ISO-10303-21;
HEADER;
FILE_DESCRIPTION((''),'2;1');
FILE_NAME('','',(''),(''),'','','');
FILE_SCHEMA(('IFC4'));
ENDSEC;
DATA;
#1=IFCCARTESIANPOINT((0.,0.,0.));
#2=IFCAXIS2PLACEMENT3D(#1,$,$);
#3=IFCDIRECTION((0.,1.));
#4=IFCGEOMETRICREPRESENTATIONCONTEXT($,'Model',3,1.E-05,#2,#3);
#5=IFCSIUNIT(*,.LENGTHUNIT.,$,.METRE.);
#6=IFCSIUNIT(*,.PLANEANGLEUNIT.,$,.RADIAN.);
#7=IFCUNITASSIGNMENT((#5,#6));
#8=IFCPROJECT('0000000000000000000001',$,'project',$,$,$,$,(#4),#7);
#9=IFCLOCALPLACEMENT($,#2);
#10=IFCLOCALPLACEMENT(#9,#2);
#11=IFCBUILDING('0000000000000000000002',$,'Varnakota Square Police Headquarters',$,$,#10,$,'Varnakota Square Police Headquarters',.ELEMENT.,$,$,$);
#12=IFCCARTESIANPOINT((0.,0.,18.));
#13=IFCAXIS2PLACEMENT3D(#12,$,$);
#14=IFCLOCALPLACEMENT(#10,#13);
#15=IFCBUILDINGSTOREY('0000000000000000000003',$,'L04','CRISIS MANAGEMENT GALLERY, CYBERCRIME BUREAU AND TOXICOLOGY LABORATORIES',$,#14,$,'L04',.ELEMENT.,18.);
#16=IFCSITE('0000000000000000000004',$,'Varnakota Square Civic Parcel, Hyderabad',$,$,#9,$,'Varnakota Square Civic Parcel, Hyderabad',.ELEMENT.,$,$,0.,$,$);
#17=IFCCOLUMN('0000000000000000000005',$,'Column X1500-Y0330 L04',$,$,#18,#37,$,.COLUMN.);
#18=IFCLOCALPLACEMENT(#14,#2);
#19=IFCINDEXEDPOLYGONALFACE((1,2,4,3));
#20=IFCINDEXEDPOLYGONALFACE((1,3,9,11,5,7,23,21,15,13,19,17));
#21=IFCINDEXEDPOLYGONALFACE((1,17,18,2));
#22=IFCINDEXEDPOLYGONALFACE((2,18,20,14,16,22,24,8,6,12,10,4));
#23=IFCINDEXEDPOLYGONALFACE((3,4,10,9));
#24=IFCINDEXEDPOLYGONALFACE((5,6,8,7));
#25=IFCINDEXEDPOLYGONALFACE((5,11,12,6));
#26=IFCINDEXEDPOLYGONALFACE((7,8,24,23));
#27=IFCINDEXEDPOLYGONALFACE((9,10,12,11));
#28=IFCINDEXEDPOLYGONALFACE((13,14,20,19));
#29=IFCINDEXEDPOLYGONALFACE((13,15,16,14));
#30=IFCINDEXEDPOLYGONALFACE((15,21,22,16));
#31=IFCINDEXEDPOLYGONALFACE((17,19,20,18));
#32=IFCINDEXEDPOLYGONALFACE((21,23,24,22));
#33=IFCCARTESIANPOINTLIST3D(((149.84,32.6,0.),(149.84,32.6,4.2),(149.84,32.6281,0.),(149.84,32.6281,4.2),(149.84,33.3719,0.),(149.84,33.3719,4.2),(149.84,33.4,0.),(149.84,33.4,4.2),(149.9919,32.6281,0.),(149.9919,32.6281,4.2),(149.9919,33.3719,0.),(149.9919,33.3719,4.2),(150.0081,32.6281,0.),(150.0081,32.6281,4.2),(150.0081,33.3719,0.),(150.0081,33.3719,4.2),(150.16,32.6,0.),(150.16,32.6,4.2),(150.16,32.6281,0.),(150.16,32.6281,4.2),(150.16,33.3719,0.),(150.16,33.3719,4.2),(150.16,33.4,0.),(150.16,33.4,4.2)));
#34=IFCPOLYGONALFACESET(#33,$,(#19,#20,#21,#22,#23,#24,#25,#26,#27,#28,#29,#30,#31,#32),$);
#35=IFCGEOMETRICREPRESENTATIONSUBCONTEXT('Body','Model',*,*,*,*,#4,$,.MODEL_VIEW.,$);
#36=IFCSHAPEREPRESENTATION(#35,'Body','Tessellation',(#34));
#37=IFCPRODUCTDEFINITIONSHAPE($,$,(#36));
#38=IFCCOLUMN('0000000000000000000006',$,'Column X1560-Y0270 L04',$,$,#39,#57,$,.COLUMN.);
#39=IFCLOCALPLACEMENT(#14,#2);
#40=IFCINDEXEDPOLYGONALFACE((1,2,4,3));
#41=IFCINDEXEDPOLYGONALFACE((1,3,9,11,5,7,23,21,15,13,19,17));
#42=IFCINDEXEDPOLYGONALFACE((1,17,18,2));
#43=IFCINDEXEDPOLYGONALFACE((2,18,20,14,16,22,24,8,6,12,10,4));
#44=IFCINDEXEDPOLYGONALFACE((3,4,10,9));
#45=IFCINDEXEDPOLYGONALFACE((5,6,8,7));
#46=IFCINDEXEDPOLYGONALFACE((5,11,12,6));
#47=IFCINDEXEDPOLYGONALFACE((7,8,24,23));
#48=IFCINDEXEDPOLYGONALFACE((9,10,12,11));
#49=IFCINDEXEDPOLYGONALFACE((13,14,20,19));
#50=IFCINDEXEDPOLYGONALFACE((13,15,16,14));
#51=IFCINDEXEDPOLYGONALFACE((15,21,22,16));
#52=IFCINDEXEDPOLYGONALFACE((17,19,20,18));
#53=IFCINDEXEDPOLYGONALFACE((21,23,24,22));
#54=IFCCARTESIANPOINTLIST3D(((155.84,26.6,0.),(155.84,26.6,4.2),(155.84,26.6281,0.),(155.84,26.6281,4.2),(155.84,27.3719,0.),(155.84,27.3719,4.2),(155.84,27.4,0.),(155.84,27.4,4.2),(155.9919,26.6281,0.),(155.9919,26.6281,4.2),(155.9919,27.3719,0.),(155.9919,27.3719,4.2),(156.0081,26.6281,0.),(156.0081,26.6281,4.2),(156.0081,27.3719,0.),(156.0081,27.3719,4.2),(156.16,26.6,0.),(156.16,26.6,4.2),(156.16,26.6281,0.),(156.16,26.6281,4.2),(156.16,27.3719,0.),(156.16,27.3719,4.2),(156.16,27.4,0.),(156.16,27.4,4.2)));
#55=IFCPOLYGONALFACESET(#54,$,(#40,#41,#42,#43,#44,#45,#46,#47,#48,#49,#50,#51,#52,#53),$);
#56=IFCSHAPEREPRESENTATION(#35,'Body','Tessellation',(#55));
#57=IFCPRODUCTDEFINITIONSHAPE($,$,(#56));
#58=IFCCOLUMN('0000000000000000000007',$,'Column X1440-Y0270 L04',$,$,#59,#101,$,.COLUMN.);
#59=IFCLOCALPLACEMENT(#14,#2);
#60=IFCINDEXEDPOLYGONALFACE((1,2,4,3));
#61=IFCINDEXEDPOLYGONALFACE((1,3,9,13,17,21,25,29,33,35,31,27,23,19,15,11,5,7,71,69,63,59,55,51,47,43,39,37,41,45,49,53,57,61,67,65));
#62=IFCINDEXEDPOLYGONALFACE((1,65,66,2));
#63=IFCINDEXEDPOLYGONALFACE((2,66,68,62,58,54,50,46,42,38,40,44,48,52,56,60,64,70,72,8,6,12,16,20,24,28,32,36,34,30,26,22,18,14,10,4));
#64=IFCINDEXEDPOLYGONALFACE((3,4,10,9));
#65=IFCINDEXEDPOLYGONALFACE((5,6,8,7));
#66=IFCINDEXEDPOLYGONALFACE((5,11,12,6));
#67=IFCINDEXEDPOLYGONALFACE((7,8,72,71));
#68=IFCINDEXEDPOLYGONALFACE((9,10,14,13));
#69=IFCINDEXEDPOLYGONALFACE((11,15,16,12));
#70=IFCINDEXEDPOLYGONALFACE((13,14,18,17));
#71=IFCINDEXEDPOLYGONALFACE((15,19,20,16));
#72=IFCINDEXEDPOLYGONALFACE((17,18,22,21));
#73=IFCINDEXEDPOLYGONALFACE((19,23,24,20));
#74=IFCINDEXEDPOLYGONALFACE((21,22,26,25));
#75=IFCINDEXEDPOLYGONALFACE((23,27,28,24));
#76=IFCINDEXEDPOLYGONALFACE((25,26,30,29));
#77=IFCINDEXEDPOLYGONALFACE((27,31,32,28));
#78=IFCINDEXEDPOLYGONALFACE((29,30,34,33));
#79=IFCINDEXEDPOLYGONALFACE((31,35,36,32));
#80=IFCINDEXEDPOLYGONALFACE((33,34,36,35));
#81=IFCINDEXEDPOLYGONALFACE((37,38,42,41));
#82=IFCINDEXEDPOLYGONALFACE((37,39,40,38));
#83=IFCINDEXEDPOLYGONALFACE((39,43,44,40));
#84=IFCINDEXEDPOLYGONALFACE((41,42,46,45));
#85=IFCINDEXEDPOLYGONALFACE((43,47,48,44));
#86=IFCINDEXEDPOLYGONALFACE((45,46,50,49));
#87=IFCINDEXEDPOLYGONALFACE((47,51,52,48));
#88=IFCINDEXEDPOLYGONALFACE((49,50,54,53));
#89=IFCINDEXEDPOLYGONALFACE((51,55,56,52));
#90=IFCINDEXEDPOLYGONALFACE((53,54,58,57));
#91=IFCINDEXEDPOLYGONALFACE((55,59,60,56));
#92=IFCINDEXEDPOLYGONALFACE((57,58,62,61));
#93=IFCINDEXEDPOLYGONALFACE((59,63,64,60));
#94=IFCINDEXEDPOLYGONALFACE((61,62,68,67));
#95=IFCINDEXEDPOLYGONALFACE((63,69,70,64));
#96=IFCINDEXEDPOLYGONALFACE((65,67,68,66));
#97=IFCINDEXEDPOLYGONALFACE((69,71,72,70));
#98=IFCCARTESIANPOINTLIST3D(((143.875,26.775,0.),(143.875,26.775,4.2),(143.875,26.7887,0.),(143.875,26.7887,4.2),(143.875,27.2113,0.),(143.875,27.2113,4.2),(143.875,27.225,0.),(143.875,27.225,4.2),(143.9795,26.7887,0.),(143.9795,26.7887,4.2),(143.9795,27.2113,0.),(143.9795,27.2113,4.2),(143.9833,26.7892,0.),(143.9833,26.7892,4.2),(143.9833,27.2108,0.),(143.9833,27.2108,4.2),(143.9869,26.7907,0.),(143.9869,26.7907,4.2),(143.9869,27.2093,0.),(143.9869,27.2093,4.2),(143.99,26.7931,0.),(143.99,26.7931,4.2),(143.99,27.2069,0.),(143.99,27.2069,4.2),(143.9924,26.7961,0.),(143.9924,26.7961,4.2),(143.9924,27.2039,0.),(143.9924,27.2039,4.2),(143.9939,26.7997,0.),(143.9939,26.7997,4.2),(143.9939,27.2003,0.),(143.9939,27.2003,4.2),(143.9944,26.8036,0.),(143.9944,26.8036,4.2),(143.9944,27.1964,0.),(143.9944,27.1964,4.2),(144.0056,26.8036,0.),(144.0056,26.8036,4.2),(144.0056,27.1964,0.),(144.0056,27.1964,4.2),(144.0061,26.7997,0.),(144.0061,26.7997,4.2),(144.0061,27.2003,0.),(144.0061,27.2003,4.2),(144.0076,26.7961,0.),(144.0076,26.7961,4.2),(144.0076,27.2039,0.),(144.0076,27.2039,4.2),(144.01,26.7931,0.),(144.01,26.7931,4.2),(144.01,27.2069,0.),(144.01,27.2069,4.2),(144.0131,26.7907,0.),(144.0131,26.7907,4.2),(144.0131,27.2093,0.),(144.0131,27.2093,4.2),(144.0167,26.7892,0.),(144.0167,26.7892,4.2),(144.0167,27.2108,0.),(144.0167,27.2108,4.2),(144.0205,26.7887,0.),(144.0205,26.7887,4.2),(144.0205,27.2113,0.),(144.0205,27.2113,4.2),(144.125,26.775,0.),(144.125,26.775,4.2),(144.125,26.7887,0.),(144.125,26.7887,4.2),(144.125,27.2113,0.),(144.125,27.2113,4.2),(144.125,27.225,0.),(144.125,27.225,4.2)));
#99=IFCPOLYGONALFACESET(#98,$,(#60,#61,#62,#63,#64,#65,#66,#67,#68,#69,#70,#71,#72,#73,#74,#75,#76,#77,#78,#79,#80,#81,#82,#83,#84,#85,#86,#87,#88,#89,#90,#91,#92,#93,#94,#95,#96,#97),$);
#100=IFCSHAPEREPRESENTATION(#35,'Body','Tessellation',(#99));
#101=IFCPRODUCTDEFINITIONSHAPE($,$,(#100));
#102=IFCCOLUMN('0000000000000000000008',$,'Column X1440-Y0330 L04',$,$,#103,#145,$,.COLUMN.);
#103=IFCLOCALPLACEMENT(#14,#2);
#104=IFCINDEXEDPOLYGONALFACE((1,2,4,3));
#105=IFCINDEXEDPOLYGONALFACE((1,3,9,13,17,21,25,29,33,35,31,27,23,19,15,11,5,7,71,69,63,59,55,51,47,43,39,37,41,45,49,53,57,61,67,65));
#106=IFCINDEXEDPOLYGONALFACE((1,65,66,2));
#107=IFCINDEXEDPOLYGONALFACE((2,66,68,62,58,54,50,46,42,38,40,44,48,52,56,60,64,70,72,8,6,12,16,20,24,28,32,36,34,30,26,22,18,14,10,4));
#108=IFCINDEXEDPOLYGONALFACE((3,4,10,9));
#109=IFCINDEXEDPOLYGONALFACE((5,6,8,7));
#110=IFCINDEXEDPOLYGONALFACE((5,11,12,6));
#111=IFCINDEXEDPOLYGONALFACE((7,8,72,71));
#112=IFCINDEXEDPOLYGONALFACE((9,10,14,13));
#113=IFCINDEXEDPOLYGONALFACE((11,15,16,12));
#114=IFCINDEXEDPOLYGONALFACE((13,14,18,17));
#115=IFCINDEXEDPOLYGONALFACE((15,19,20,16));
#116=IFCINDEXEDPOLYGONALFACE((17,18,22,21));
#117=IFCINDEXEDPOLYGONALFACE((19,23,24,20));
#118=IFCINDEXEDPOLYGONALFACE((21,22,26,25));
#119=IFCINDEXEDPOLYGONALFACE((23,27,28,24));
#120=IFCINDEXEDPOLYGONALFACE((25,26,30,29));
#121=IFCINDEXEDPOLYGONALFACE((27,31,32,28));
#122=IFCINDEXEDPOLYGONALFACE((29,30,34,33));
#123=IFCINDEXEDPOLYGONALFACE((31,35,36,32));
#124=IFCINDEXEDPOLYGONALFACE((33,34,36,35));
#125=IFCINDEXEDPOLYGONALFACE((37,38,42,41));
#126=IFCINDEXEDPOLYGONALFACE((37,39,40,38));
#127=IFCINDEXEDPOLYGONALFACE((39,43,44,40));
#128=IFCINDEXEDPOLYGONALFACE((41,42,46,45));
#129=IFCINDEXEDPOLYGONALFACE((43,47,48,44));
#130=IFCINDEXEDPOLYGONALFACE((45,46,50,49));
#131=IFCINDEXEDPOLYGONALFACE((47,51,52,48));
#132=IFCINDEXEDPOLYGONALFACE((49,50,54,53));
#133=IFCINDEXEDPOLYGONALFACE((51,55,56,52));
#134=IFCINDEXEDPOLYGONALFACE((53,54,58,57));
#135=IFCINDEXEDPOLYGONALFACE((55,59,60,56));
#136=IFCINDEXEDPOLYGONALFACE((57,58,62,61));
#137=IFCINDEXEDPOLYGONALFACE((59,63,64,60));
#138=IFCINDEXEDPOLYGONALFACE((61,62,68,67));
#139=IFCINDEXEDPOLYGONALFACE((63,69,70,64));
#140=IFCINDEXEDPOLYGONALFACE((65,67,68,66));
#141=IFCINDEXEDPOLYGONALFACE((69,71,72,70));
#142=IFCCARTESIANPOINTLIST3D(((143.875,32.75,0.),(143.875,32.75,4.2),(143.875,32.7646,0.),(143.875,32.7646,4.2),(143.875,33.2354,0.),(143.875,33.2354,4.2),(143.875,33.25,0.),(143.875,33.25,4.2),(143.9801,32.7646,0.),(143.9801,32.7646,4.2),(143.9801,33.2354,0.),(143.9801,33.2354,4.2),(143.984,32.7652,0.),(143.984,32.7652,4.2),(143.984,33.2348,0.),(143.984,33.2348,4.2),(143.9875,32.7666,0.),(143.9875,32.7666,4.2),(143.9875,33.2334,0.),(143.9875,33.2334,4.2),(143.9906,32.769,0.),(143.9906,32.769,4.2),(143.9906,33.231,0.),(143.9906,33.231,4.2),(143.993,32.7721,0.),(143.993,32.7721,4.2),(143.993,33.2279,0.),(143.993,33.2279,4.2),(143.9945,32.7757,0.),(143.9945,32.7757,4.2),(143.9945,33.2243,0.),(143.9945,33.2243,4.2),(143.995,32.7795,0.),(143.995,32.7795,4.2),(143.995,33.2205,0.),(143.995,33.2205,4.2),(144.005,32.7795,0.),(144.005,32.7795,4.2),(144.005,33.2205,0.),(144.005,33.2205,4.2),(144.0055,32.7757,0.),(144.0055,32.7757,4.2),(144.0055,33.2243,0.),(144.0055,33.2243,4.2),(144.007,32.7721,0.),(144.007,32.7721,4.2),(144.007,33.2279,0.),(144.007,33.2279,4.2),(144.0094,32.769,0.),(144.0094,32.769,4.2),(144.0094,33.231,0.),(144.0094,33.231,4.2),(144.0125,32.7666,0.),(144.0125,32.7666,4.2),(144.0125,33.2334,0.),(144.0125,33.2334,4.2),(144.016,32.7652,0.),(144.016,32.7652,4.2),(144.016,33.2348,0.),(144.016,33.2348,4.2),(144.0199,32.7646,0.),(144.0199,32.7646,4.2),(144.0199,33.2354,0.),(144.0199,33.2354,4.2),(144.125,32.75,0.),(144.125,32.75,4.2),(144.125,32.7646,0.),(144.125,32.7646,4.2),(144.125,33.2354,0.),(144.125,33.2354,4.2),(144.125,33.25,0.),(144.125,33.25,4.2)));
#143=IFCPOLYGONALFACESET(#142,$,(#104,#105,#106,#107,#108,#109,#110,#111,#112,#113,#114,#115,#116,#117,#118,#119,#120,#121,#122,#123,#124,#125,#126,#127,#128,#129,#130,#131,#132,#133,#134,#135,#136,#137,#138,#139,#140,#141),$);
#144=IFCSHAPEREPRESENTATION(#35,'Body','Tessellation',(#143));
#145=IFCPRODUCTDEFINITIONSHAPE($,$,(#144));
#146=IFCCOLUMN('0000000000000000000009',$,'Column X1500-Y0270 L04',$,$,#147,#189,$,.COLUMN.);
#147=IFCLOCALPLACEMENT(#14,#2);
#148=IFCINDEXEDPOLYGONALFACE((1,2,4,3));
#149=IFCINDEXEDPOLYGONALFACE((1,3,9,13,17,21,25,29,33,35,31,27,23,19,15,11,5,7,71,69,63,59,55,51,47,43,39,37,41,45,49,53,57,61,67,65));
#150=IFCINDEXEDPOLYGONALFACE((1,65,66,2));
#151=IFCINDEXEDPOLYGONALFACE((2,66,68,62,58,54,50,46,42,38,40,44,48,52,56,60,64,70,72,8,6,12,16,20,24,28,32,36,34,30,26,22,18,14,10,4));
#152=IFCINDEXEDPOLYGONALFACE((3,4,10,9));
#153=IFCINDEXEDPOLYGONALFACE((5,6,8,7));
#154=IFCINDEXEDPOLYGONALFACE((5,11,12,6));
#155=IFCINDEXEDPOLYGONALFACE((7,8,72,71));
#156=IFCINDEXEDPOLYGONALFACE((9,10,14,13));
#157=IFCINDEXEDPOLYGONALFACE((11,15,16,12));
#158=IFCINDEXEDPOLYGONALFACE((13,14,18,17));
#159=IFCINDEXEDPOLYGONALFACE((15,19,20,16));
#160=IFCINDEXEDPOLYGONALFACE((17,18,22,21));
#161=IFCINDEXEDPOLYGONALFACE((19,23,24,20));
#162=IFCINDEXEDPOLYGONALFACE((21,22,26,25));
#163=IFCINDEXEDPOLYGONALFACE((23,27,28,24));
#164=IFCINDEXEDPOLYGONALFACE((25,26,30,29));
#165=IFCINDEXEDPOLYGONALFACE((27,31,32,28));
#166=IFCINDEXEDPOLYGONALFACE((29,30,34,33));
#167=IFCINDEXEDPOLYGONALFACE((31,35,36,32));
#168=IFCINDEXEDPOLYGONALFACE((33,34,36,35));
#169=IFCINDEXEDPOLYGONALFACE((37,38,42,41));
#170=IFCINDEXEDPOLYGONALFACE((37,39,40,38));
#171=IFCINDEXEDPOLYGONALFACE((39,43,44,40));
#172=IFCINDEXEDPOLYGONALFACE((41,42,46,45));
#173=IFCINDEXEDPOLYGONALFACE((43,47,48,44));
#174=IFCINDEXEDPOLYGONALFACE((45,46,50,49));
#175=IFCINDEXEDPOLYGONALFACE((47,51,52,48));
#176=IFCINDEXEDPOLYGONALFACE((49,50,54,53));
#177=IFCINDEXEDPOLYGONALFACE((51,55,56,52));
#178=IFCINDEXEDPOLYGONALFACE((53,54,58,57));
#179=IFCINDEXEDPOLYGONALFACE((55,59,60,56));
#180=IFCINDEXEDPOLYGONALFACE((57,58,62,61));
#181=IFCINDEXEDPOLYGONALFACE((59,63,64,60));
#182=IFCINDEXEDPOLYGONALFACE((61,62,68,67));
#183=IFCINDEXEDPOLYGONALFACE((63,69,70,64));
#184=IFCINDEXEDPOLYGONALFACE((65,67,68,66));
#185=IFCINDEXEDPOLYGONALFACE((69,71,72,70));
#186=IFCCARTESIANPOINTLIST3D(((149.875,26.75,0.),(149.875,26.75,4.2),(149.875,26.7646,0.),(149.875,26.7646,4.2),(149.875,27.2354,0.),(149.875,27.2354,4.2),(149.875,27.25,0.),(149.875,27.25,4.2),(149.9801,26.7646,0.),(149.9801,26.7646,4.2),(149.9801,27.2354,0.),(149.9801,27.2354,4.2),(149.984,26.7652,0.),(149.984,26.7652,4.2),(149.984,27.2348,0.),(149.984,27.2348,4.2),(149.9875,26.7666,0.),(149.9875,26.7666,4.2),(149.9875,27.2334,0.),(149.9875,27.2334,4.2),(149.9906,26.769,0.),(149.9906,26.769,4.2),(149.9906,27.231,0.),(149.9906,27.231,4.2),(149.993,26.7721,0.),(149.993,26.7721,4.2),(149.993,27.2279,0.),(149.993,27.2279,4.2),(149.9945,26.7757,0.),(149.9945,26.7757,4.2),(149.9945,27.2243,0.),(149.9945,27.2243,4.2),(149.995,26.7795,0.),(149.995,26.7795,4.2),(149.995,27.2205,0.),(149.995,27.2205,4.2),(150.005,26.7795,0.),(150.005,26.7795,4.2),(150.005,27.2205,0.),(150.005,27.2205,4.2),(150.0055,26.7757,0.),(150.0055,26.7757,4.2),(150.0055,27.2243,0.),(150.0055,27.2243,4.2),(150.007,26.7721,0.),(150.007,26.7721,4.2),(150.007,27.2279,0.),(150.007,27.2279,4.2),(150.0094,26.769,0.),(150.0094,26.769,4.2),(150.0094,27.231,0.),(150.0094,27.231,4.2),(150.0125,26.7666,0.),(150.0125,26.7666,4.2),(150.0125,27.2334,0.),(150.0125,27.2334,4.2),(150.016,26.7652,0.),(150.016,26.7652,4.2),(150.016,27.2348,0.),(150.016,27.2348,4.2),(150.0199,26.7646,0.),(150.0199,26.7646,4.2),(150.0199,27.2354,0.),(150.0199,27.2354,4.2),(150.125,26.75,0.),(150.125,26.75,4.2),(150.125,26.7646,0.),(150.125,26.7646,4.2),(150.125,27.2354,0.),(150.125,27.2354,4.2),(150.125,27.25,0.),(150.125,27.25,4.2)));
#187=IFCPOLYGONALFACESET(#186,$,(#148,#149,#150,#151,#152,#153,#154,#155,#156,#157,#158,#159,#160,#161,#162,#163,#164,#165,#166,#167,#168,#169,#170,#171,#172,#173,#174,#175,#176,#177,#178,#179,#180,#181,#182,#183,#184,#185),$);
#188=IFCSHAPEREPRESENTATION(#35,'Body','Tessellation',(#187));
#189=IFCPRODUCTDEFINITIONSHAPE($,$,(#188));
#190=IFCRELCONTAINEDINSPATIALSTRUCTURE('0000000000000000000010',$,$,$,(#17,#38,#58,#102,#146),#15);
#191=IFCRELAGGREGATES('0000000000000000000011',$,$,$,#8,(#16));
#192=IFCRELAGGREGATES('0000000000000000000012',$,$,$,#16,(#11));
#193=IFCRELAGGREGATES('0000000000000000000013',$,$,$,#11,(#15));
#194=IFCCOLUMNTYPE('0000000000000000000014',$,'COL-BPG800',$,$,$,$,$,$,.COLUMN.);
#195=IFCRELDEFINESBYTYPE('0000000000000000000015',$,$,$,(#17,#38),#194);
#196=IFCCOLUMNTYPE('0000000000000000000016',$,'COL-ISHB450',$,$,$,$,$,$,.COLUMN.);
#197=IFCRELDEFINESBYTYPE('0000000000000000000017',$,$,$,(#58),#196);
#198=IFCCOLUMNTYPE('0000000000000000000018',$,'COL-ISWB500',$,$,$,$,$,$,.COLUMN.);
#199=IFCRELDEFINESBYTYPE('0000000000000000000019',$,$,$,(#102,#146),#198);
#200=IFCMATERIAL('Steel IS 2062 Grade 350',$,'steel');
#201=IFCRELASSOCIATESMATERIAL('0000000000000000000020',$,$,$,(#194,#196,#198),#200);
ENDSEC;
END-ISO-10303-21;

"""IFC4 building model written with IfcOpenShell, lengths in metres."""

from ifc_helpers import new_model, si_unit, direction, frame, origin, origin_2d, place, context, subcontext, project, spatial, i_section, extrude, material, material_profile, profile_set, type_object, element, save


model = new_model("IFC4")

# Units and contexts
model_context = context("Model", 3, precision=1e-05, world=origin(), true_north=direction((0.0, 1.0)))
body_context = subcontext(model_context, "Body", "Model", "MODEL_VIEW")
ifc_project = project(units=[si_unit("LENGTHUNIT", "METRE"), si_unit("PLANEANGLEUNIT", "RADIAN")], contexts=[model_context])

# Site, building, storey
site_placement = place(None, origin())
site = spatial("IfcSite", under=ifc_project, at=site_placement, Name="Varnakota Square Civic Parcel, Hyderabad", LongName="Varnakota Square Civic Parcel, Hyderabad", CompositionType="ELEMENT", RefElevation=0.0)
building_placement = place(site_placement, origin())
building = spatial("IfcBuilding", under=site, at=building_placement, Name="Varnakota Square Police Headquarters", LongName="Varnakota Square Police Headquarters", CompositionType="ELEMENT")
storey_placement = place(building_placement, frame((0.0, 0.0, 18.0)))
storey = spatial("IfcBuildingStorey", under=building, at=storey_placement, Name="L04", Description="CRISIS MANAGEMENT GALLERY, CYBERCRIME BUREAU AND TOXICOLOGY LABORATORIES", LongName="L04", CompositionType="ELEMENT", Elevation=18.0)

# Columns
ifc_material_1 = material(Name="Steel IS 2062 Grade 350", Category="steel")
ifc_material_profile_1 = material_profile(ifc_material_1, i_section(OverallWidth=0.3201, OverallDepth=0.8, WebThickness=0.0161, FlangeThickness=0.0281, at=origin_2d()), Name="BPG 800x320")
ifc_profile_set_1 = profile_set([ifc_material_profile_1], Name="Steel IS 2062 Grade 350")
column_type_1 = type_object("IfcColumnType", Name="COL-BPG800", PredefinedType="COLUMN", material=ifc_profile_set_1)
for number, where, z_axis, x_axis, name in (
    (1, (150.0, 33.0, 0.0), (0.0, 0.0, 1.0), (1.0, 0.0, 0.0), "Column X1500-Y0330 L04"),
    (2, (156.0, 27.0, 0.0), (0.0, 0.0, 1.0), (1.0, 0.0, 0.0), "Column X1560-Y0270 L04"),
):
    element("IfcColumn", number, at=place(storey_placement, frame(where, z_axis=z_axis, x_axis=x_axis)), inside=storey, type_object=column_type_1, Name=name, PredefinedType="COLUMN", context=body_context, shape_type="SweptSolid", body=[
        extrude(i_section(OverallWidth=0.3201, OverallDepth=0.8, WebThickness=0.0161, FlangeThickness=0.0281, at=origin_2d()), origin(), (0.0, 0.0, 1.0), 4.2),
    ])
ifc_material_profile_2 = material_profile(ifc_material_1, i_section(OverallWidth=0.25, OverallDepth=0.45, WebThickness=0.0112, FlangeThickness=0.0137, FilletRadius=0.0149, at=origin_2d()), Name="ISHB 450")
ifc_profile_set_2 = profile_set([ifc_material_profile_2], Name="Steel IS 2062 Grade 350")
column_type_2 = type_object("IfcColumnType", Name="COL-ISHB450", PredefinedType="COLUMN", material=ifc_profile_set_2)
column_placement = place(storey_placement, frame((144.0, 27.0, 0.0), z_axis=(0.0, 0.0, 1.0), x_axis=(1.0, 0.0, 0.0)))
element("IfcColumn", 3, at=column_placement, inside=storey, type_object=column_type_2, Name="Column X1440-Y0270 L04", PredefinedType="COLUMN", context=body_context, shape_type="SweptSolid", body=[
    extrude(i_section(OverallWidth=0.25, OverallDepth=0.45, WebThickness=0.0112, FlangeThickness=0.0137, FilletRadius=0.0149, at=origin_2d()), origin(), (0.0, 0.0, 1.0), 4.2),
])
ifc_material_profile_3 = material_profile(ifc_material_1, i_section(OverallWidth=0.25, OverallDepth=0.5, WebThickness=0.01, FlangeThickness=0.0146, FilletRadius=0.0149, at=origin_2d()), Name="ISWB 500")
ifc_profile_set_3 = profile_set([ifc_material_profile_3], Name="Steel IS 2062 Grade 350")
column_type_3 = type_object("IfcColumnType", Name="COL-ISWB500", PredefinedType="COLUMN", material=ifc_profile_set_3)
for number, where, z_axis, x_axis, name in (
    (4, (144.0, 33.0, 0.0), (0.0, 0.0, 1.0), (1.0, 0.0, 0.0), "Column X1440-Y0330 L04"),
    (5, (150.0, 27.0, 0.0), (0.0, 0.0, 1.0), (1.0, 0.0, 0.0), "Column X1500-Y0270 L04"),
):
    element("IfcColumn", number, at=place(storey_placement, frame(where, z_axis=z_axis, x_axis=x_axis)), inside=storey, type_object=column_type_3, Name=name, PredefinedType="COLUMN", context=body_context, shape_type="SweptSolid", body=[
        extrude(i_section(OverallWidth=0.25, OverallDepth=0.5, WebThickness=0.01, FlangeThickness=0.0146, FilletRadius=0.0149, at=origin_2d()), origin(), (0.0, 0.0, 1.0), 4.2),
    ])

save(model, "model.ifc")
